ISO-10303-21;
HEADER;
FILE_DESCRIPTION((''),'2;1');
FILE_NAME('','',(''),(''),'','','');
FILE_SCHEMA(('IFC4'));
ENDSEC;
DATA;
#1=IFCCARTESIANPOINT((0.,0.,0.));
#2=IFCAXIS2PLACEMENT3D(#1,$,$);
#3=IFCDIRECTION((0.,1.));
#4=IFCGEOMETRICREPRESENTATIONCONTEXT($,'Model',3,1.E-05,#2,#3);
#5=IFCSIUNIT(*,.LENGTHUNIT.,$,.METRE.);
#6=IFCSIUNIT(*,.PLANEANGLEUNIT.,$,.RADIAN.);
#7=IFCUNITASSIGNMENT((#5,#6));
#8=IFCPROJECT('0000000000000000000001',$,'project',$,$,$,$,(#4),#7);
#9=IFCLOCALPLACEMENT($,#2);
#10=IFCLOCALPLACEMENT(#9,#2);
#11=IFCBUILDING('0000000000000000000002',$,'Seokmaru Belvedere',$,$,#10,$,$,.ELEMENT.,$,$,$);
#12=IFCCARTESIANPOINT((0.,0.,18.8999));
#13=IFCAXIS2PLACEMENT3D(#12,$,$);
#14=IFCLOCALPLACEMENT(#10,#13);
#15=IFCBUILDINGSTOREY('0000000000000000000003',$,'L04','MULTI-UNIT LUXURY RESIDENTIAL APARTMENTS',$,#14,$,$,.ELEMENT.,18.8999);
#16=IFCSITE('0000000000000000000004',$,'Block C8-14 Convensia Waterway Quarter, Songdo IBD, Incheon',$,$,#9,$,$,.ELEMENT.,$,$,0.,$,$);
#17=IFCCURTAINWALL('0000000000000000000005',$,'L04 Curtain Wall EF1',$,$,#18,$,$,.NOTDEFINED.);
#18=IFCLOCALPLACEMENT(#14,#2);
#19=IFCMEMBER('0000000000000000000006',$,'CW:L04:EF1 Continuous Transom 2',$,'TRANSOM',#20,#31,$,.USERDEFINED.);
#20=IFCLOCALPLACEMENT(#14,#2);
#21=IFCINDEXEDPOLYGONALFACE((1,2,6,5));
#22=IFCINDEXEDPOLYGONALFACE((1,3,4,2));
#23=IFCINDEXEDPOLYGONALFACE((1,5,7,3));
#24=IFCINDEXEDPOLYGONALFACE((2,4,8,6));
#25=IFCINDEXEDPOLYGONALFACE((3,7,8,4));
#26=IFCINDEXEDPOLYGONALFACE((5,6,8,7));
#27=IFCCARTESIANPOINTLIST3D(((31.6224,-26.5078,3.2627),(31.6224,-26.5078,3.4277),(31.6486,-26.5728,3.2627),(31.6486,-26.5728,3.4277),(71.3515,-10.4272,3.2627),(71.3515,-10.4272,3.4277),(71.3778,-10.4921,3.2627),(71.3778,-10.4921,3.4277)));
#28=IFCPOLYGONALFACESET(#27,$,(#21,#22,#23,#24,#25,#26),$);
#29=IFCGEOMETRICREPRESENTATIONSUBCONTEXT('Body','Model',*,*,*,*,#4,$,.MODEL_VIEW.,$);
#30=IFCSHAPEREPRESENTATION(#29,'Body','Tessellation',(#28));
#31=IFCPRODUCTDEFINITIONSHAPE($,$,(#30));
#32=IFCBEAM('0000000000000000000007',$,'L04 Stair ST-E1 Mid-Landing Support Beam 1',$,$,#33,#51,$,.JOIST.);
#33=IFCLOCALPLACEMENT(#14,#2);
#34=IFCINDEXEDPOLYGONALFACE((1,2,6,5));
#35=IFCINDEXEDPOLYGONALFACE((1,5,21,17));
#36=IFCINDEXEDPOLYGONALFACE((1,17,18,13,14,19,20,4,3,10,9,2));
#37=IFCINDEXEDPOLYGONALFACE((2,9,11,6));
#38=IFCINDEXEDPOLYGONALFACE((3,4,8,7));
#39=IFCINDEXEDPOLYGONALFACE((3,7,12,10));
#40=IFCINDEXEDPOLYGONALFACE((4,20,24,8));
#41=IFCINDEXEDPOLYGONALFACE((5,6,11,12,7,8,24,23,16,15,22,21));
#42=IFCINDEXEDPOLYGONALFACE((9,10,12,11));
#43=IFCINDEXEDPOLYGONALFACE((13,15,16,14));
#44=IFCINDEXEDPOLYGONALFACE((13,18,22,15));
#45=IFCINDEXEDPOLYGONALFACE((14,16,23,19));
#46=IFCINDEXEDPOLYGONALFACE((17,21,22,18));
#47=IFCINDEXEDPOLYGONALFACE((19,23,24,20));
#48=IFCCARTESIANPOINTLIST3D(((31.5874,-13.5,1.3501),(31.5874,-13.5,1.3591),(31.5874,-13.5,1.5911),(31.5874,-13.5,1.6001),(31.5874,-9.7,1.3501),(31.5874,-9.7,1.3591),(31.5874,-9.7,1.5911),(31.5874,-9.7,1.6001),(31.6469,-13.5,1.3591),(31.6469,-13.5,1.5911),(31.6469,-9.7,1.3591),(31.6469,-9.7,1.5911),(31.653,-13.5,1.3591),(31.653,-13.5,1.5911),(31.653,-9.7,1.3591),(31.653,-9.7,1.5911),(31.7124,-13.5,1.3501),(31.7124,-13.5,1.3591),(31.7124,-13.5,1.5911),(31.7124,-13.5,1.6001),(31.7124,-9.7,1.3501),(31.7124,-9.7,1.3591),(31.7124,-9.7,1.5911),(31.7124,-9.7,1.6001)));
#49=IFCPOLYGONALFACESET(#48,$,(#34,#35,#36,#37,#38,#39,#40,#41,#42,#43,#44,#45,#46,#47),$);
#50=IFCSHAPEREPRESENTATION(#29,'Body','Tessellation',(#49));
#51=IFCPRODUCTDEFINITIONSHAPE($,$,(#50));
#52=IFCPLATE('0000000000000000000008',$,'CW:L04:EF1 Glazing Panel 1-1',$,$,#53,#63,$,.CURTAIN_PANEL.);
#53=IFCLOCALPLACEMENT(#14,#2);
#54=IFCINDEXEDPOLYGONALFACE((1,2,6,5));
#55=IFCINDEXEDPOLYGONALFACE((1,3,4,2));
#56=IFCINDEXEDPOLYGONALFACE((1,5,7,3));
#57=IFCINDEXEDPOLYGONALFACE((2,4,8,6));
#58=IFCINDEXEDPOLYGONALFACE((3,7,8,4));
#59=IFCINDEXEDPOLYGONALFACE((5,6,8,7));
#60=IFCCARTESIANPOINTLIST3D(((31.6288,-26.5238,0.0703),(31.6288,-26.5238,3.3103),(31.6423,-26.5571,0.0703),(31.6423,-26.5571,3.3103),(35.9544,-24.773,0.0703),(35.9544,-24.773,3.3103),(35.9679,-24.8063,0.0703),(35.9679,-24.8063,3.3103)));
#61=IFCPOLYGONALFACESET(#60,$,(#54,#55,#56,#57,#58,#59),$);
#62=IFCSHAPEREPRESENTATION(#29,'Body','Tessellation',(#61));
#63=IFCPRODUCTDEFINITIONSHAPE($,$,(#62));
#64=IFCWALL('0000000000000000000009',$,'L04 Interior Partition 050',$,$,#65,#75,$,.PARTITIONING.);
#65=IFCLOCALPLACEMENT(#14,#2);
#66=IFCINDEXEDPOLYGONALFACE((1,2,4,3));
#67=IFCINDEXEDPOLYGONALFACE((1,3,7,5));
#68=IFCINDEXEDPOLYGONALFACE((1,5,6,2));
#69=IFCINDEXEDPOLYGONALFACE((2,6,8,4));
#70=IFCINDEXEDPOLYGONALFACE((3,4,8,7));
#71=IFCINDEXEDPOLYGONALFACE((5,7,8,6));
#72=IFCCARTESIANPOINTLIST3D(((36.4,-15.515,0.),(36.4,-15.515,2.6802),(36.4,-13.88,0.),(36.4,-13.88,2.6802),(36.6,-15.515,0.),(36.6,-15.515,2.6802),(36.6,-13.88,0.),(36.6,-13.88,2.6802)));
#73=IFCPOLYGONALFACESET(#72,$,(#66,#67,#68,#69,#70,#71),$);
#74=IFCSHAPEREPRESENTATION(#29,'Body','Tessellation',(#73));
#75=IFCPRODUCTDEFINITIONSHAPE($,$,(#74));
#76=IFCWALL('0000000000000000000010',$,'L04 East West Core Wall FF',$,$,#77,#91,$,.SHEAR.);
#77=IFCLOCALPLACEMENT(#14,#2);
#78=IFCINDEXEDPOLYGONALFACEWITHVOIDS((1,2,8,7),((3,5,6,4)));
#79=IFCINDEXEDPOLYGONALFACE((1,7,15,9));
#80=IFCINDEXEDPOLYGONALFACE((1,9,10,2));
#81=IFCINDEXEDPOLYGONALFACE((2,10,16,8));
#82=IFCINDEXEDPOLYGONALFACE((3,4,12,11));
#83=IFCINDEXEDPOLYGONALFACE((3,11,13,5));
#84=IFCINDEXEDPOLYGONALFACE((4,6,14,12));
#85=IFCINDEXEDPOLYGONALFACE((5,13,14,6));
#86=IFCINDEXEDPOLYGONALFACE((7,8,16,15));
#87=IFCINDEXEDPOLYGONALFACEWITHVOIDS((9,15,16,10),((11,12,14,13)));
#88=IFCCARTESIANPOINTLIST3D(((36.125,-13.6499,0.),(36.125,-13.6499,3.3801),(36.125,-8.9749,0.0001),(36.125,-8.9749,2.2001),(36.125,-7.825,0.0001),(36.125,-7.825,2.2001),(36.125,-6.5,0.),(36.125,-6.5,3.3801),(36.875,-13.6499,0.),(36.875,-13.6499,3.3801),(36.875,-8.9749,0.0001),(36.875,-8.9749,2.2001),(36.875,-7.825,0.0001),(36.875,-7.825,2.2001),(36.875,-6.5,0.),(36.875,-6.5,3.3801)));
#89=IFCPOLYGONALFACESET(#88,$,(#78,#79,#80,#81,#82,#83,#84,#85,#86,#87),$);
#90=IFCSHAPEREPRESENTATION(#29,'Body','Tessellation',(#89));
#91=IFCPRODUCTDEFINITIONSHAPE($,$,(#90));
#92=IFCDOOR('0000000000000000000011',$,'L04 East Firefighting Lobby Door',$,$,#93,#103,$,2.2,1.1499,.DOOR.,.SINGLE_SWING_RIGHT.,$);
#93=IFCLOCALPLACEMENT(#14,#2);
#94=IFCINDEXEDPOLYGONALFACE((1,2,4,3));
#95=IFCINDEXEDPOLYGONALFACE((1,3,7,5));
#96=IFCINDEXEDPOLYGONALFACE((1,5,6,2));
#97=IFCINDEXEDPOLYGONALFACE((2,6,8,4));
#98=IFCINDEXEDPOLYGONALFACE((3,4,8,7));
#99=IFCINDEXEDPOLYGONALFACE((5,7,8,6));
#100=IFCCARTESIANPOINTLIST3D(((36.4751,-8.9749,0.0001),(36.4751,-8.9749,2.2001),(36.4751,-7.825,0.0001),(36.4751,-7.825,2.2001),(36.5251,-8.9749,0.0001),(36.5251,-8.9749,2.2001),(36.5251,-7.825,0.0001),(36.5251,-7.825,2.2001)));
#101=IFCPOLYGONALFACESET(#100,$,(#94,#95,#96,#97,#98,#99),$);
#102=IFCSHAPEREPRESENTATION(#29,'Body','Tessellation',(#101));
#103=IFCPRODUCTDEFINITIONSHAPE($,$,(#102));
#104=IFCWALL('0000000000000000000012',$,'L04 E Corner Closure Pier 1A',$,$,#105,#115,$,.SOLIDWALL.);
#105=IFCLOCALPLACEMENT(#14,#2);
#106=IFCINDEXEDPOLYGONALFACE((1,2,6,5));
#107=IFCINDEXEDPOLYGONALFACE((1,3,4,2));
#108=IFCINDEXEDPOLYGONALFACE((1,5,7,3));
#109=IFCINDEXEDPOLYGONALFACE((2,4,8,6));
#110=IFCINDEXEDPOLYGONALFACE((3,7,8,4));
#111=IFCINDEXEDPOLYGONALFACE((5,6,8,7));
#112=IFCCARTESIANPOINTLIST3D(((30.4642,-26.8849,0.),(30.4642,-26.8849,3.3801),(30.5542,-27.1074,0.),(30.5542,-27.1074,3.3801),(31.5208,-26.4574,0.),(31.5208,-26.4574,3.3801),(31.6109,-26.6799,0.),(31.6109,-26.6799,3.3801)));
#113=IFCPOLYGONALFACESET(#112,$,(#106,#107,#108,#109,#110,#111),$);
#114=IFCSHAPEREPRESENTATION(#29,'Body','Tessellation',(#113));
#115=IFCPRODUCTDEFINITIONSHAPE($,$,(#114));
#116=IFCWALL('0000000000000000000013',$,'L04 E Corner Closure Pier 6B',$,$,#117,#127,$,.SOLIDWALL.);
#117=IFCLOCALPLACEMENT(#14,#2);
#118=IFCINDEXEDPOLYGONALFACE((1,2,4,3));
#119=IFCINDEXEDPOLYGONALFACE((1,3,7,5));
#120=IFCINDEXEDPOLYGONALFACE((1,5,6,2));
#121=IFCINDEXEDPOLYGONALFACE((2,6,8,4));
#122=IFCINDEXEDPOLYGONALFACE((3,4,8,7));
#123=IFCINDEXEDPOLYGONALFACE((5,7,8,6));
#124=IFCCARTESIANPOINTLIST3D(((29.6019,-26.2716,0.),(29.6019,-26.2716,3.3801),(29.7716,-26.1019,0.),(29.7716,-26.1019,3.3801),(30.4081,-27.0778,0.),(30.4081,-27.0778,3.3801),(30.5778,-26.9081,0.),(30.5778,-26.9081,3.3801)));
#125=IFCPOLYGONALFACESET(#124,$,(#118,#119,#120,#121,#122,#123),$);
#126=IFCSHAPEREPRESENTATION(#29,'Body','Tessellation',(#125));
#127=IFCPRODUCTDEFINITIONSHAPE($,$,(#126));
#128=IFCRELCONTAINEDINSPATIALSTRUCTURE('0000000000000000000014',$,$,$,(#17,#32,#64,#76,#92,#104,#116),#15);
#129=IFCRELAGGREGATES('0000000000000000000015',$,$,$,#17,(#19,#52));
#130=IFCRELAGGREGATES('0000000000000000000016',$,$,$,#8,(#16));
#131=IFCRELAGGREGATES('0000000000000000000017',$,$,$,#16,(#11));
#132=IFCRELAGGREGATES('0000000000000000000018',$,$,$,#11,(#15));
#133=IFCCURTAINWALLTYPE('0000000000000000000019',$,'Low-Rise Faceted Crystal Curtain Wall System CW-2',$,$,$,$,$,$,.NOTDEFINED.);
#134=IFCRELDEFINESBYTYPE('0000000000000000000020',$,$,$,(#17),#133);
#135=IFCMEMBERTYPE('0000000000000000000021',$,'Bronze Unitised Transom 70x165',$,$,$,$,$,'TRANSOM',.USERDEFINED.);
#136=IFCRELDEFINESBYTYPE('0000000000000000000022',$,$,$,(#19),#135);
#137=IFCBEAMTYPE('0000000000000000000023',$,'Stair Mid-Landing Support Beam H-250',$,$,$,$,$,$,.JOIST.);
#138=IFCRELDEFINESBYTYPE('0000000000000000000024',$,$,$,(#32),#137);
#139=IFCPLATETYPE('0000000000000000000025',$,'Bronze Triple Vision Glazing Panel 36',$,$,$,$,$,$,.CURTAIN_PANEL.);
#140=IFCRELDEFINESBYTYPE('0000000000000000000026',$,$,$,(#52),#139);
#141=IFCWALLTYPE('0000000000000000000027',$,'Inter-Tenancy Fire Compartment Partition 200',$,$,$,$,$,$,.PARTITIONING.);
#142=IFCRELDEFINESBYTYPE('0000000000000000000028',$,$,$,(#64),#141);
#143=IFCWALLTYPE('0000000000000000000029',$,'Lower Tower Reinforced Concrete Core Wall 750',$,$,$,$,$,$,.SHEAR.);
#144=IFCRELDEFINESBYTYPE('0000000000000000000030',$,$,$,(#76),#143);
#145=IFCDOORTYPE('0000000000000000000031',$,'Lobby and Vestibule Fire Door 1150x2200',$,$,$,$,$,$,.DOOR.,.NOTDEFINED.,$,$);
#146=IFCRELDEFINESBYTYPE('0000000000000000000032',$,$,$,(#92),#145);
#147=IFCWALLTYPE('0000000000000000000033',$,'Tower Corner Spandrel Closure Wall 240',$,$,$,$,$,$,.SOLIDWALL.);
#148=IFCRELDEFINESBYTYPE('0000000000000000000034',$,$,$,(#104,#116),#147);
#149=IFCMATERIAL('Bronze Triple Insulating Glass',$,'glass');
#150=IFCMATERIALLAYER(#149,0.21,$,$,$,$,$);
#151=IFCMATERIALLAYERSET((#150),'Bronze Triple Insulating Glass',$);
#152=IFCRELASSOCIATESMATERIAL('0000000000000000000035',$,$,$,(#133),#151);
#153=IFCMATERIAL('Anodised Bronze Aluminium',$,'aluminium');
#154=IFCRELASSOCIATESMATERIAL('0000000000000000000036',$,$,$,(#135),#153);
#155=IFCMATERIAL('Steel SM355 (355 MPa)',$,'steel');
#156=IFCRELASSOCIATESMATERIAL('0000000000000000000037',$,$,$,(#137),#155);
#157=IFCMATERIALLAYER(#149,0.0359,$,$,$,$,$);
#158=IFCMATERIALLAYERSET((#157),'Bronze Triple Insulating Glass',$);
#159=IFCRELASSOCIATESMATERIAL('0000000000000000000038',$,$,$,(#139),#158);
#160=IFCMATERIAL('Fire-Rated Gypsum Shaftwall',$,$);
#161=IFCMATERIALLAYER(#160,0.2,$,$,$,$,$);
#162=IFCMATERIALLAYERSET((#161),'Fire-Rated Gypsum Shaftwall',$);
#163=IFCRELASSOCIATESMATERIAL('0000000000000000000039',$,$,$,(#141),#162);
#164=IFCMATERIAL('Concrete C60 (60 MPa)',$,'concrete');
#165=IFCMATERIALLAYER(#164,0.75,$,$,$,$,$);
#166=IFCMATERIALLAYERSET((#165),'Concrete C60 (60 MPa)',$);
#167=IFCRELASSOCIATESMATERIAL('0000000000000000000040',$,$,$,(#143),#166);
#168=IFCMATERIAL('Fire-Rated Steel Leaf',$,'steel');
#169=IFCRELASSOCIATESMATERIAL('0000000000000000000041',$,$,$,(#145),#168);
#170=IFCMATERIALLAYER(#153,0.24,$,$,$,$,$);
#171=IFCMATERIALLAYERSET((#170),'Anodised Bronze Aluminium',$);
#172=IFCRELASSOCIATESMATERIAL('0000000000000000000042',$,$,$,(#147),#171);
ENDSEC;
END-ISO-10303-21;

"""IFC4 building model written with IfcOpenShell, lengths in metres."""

from ifc_helpers import new_model, si_unit, direction, frame, frame_2d, origin, origin_2d, place, context, subcontext, project, spatial, rectangle, i_section, extrude, source, transform, mapped, material, layer, layer_set, material_profile, profile_set, type_object, type_shapes, element, fill, aggregate, save


model = new_model("IFC4")

# Units and contexts
model_context = context("Model", 3, precision=1e-05, world=origin(), true_north=direction((0.0, 1.0)))
body_context = subcontext(model_context, "Body", "Model", "MODEL_VIEW")
ifc_project = project(units=[si_unit("LENGTHUNIT", "METRE"), si_unit("PLANEANGLEUNIT", "RADIAN")], contexts=[model_context])

# Site, building, storey
site_placement = place(None, origin())
site = spatial("IfcSite", under=ifc_project, at=site_placement, Name="Block C8-14 Convensia Waterway Quarter, Songdo IBD, Incheon", CompositionType="ELEMENT", RefElevation=0.0)
building_placement = place(site_placement, origin())
building = spatial("IfcBuilding", under=site, at=building_placement, Name="Seokmaru Belvedere", CompositionType="ELEMENT")
storey_placement = place(building_placement, frame((0.0, 0.0, 18.8999)))
storey = spatial("IfcBuildingStorey", under=building, at=storey_placement, Name="L04", Description="MULTI-UNIT LUXURY RESIDENTIAL APARTMENTS", CompositionType="ELEMENT", Elevation=18.8999)

# Shared definitions
ifc_material_1 = material(Name="Steel SM355 (355 MPa)", Category="steel")

# Curtain wall
ifc_material_2 = material(Name="Bronze Triple Insulating Glass", Category="glass")
ifc_layer_1 = layer(ifc_material_2, 0.21)
ifc_layer_set_1 = layer_set([ifc_layer_1], Name="Bronze Triple Insulating Glass")
curtain_wall_type = type_object("IfcCurtainWallType", Name="Low-Rise Faceted Crystal Curtain Wall System CW-2", PredefinedType="NOTDEFINED", material=ifc_layer_set_1)
curtain_wall_1_placement = place(storey_placement, origin())
curtain_wall_1 = element("IfcCurtainWall", 1, at=curtain_wall_1_placement, inside=storey, type_object=curtain_wall_type, Name="L04 Curtain Wall EF1", PredefinedType="NOTDEFINED")
ifc_material_3 = material(Name="Anodised Bronze Aluminium", Category="aluminium")

# Member
ifc_material_profile_1 = material_profile(ifc_material_3, rectangle(XDim=0.0701, YDim=0.165, at=origin_2d()), Name="CW-T-70x165")
ifc_profile_set_1 = profile_set([ifc_material_profile_1], Name="Anodised Bronze Aluminium")
member_type_1 = type_object("IfcMemberType", Name="Bronze Unitised Transom 70x165", ElementType="TRANSOM", PredefinedType="USERDEFINED", material=ifc_profile_set_1)
shared_shape_1 = source(origin(), body_context, "Body", "SweptSolid", [
    extrude(rectangle(XDim=0.0701, YDim=0.165, at=origin_2d()), origin(), (0.0, 0.0, 1.0), 42.8601),
])
type_shapes(member_type_1, [shared_shape_1])
member_1_placement = place(storey_placement, frame((31.6355, -26.5403, 3.3452), z_axis=(0.926949, 0.375188, 0.0), x_axis=(-0.375188, 0.926949, 0.0)))
member_1 = element("IfcMember", 2, at=member_1_placement, type_object=member_type_1, Name="CW:L04:EF1 Continuous Transom 2", ObjectType="TRANSOM", PredefinedType="USERDEFINED", context=body_context, shape_type="MappedRepresentation", body=[
    mapped(shared_shape_1, transform((0.0, 0.0, 0.0), scale=1.0)),
])

# Beam
ifc_material_profile_2 = material_profile(ifc_material_1, i_section(OverallWidth=0.125, OverallDepth=0.25, WebThickness=0.0061, FlangeThickness=0.009, at=origin_2d()), Name="H-250x125x6x9")
ifc_profile_set_2 = profile_set([ifc_material_profile_2], Name="Steel SM355 (355 MPa)")
beam_type_1 = type_object("IfcBeamType", Name="Stair Mid-Landing Support Beam H-250", PredefinedType="JOIST", material=ifc_profile_set_2)
shared_shape_2 = source(origin(), body_context, "Body", "SweptSolid", [
    extrude(i_section(OverallWidth=0.125, OverallDepth=0.25, WebThickness=0.0061, FlangeThickness=0.009, at=origin_2d()), origin(), (0.0, 0.0, 1.0), 3.8),
])
type_shapes(beam_type_1, [shared_shape_2])
beam_1_placement = place(storey_placement, frame((31.6499, -13.5, 1.4751), z_axis=(0.0, 1.0, 0.0), x_axis=(-1.0, 0.0, 0.0)))
element("IfcBeam", 3, at=beam_1_placement, inside=storey, type_object=beam_type_1, Name="L04 Stair ST-E1 Mid-Landing Support Beam 1", PredefinedType="JOIST", context=body_context, shape_type="MappedRepresentation", body=[
    mapped(shared_shape_2, transform((0.0, 0.0, 0.0), scale=1.0)),
])

# Plate
ifc_layer_2 = layer(ifc_material_2, 0.0359)
ifc_layer_set_2 = layer_set([ifc_layer_2], Name="Bronze Triple Insulating Glass")
plate_type = type_object("IfcPlateType", Name="Bronze Triple Vision Glazing Panel 36", PredefinedType="CURTAIN_PANEL", material=ifc_layer_set_2)
shared_shape_3 = source(origin(), body_context, "Body", "SweptSolid", [
    extrude(rectangle(XDim=4.6665, YDim=0.0359, at=origin_2d()), origin(), (0.0, 0.0, 1.0), 3.24),
])
type_shapes(plate_type, [shared_shape_3])
plate_placement = place(storey_placement, frame((33.7983, -25.665, 0.0703), z_axis=(0.0, 0.0, 1.0), x_axis=(0.926947, 0.375192, 0.0)))
plate = element("IfcPlate", 4, at=plate_placement, type_object=plate_type, Name="CW:L04:EF1 Glazing Panel 1-1", PredefinedType="CURTAIN_PANEL", context=body_context, shape_type="MappedRepresentation", body=[
    mapped(shared_shape_3, transform((0.0, 0.0, 0.0), scale=1.0)),
])
aggregate(curtain_wall_1, [member_1, plate])

# Wall
ifc_material_4 = material(Name="Fire-Rated Gypsum Shaftwall")
ifc_layer_3 = layer(ifc_material_4, 0.2)
ifc_layer_set_3 = layer_set([ifc_layer_3], Name="Fire-Rated Gypsum Shaftwall")
wall_type_1 = type_object("IfcWallType", Name="Inter-Tenancy Fire Compartment Partition 200", PredefinedType="PARTITIONING", material=ifc_layer_set_3)
wall_1_placement = place(storey_placement, frame((36.5, -15.5149, 0.0), z_axis=(0.0, 0.0, 1.0), x_axis=(0.0, 1.0, 0.0)))
element("IfcWall", 5, at=wall_1_placement, inside=storey, type_object=wall_type_1, Name="L04 Interior Partition 050", PredefinedType="PARTITIONING", context=body_context, shape_type="SweptSolid", body=[
    extrude(rectangle(XDim=1.635, YDim=0.2, at=frame_2d((0.8174, 0.0))), origin(), (0.0, 0.0, 1.0), 2.6802),
])

# Wall, opening, door
ifc_material_5 = material(Name="Concrete C60 (60 MPa)", Category="concrete")
ifc_layer_4 = layer(ifc_material_5, 0.75)
ifc_layer_set_4 = layer_set([ifc_layer_4], Name="Concrete C60 (60 MPa)")
wall_type_2 = type_object("IfcWallType", Name="Lower Tower Reinforced Concrete Core Wall 750", PredefinedType="SHEAR", material=ifc_layer_set_4)
wall_2_placement = place(storey_placement, frame((36.5, -13.6499, 0.0), z_axis=(0.0, 0.0, 1.0), x_axis=(0.0, 1.0, 0.0)))
wall_2 = element("IfcWall", 6, at=wall_2_placement, inside=storey, type_object=wall_type_2, Name="L04 East West Core Wall FF", PredefinedType="SHEAR", context=body_context, shape_type="SweptSolid", body=[
    extrude(rectangle(XDim=7.1499, YDim=0.75, at=frame_2d((3.575, 0.0))), origin(), (0.0, 0.0, 1.0), 3.3801),
])
opening_placement = place(wall_2_placement, frame((4.675, 0.0, 0.0)))
opening = element("IfcOpeningElement", 7, at=opening_placement, cuts=wall_2, PredefinedType="OPENING", context=body_context, shape_type="SweptSolid", body=[
    extrude(rectangle(XDim=1.1499, YDim=2.2, at=frame_2d((0.575, 1.1001))), frame((0.0, 0.385, 0.0), z_axis=(0.0, -1.0, 0.0), x_axis=(1.0, 0.0, 0.0)), (0.0, 0.0, 1.0), 0.77),
])
ifc_material_6 = material(Name="Fire-Rated Steel Leaf", Category="steel")
door_type = type_object("IfcDoorType", Name="Lobby and Vestibule Fire Door 1150x2200", OperationType="NOTDEFINED", PredefinedType="DOOR", material=ifc_material_6)
shared_shape_4 = source(origin(), body_context, "Body", "SweptSolid", [
    extrude(rectangle(XDim=1.1499, YDim=2.2, at=frame_2d((0.575, 1.1001))), frame((0.0, 0.0249, 0.0), z_axis=(0.0, -1.0, 0.0), x_axis=(1.0, 0.0, 0.0)), (0.0, 0.0, 1.0), 0.05),
])
type_shapes(door_type, [shared_shape_4])
door_placement = place(opening_placement, origin())
door = element("IfcDoor", 8, at=door_placement, inside=storey, type_object=door_type, Name="L04 East Firefighting Lobby Door", OperationType="SINGLE_SWING_RIGHT", OverallHeight=2.2, OverallWidth=1.1499, PredefinedType="DOOR", context=body_context, shape_type="MappedRepresentation", body=[
    mapped(shared_shape_4, transform((0.0, 0.0, 0.0), scale=1.0)),
])
fill(opening, door)

# Walls
ifc_layer_5 = layer(ifc_material_3, 0.24)
ifc_layer_set_5 = layer_set([ifc_layer_5], Name="Anodised Bronze Aluminium")
wall_type_3 = type_object("IfcWallType", Name="Tower Corner Spandrel Closure Wall 240", PredefinedType="SOLIDWALL", material=ifc_layer_set_5)
wall_3_placement = place(storey_placement, frame((30.5093, -26.9961, 0.0), z_axis=(0.0, 0.0, 1.0), x_axis=(0.927007, 0.375044, 0.0)))
element("IfcWall", 9, at=wall_3_placement, inside=storey, type_object=wall_type_3, Name="L04 E Corner Closure Pier 1A", PredefinedType="SOLIDWALL", context=body_context, shape_type="SweptSolid", body=[
    extrude(rectangle(XDim=1.1399, YDim=0.24, at=frame_2d((0.5698, 0.0))), origin(), (0.0, 0.0, 1.0), 3.3801),
])
wall_4_placement = place(storey_placement, frame((29.6868, -26.1868, 0.0), z_axis=(0.0, 0.0, 1.0), x_axis=(0.707107, -0.707107, 0.0)))
element("IfcWall", 10, at=wall_4_placement, inside=storey, type_object=wall_type_3, Name="L04 E Corner Closure Pier 6B", PredefinedType="SOLIDWALL", context=body_context, shape_type="SweptSolid", body=[
    extrude(rectangle(XDim=1.1401, YDim=0.24, at=frame_2d((0.5701, 0.0))), origin(), (0.0, 0.0, 1.0), 3.3801),
])

save(model, "model.ifc")
